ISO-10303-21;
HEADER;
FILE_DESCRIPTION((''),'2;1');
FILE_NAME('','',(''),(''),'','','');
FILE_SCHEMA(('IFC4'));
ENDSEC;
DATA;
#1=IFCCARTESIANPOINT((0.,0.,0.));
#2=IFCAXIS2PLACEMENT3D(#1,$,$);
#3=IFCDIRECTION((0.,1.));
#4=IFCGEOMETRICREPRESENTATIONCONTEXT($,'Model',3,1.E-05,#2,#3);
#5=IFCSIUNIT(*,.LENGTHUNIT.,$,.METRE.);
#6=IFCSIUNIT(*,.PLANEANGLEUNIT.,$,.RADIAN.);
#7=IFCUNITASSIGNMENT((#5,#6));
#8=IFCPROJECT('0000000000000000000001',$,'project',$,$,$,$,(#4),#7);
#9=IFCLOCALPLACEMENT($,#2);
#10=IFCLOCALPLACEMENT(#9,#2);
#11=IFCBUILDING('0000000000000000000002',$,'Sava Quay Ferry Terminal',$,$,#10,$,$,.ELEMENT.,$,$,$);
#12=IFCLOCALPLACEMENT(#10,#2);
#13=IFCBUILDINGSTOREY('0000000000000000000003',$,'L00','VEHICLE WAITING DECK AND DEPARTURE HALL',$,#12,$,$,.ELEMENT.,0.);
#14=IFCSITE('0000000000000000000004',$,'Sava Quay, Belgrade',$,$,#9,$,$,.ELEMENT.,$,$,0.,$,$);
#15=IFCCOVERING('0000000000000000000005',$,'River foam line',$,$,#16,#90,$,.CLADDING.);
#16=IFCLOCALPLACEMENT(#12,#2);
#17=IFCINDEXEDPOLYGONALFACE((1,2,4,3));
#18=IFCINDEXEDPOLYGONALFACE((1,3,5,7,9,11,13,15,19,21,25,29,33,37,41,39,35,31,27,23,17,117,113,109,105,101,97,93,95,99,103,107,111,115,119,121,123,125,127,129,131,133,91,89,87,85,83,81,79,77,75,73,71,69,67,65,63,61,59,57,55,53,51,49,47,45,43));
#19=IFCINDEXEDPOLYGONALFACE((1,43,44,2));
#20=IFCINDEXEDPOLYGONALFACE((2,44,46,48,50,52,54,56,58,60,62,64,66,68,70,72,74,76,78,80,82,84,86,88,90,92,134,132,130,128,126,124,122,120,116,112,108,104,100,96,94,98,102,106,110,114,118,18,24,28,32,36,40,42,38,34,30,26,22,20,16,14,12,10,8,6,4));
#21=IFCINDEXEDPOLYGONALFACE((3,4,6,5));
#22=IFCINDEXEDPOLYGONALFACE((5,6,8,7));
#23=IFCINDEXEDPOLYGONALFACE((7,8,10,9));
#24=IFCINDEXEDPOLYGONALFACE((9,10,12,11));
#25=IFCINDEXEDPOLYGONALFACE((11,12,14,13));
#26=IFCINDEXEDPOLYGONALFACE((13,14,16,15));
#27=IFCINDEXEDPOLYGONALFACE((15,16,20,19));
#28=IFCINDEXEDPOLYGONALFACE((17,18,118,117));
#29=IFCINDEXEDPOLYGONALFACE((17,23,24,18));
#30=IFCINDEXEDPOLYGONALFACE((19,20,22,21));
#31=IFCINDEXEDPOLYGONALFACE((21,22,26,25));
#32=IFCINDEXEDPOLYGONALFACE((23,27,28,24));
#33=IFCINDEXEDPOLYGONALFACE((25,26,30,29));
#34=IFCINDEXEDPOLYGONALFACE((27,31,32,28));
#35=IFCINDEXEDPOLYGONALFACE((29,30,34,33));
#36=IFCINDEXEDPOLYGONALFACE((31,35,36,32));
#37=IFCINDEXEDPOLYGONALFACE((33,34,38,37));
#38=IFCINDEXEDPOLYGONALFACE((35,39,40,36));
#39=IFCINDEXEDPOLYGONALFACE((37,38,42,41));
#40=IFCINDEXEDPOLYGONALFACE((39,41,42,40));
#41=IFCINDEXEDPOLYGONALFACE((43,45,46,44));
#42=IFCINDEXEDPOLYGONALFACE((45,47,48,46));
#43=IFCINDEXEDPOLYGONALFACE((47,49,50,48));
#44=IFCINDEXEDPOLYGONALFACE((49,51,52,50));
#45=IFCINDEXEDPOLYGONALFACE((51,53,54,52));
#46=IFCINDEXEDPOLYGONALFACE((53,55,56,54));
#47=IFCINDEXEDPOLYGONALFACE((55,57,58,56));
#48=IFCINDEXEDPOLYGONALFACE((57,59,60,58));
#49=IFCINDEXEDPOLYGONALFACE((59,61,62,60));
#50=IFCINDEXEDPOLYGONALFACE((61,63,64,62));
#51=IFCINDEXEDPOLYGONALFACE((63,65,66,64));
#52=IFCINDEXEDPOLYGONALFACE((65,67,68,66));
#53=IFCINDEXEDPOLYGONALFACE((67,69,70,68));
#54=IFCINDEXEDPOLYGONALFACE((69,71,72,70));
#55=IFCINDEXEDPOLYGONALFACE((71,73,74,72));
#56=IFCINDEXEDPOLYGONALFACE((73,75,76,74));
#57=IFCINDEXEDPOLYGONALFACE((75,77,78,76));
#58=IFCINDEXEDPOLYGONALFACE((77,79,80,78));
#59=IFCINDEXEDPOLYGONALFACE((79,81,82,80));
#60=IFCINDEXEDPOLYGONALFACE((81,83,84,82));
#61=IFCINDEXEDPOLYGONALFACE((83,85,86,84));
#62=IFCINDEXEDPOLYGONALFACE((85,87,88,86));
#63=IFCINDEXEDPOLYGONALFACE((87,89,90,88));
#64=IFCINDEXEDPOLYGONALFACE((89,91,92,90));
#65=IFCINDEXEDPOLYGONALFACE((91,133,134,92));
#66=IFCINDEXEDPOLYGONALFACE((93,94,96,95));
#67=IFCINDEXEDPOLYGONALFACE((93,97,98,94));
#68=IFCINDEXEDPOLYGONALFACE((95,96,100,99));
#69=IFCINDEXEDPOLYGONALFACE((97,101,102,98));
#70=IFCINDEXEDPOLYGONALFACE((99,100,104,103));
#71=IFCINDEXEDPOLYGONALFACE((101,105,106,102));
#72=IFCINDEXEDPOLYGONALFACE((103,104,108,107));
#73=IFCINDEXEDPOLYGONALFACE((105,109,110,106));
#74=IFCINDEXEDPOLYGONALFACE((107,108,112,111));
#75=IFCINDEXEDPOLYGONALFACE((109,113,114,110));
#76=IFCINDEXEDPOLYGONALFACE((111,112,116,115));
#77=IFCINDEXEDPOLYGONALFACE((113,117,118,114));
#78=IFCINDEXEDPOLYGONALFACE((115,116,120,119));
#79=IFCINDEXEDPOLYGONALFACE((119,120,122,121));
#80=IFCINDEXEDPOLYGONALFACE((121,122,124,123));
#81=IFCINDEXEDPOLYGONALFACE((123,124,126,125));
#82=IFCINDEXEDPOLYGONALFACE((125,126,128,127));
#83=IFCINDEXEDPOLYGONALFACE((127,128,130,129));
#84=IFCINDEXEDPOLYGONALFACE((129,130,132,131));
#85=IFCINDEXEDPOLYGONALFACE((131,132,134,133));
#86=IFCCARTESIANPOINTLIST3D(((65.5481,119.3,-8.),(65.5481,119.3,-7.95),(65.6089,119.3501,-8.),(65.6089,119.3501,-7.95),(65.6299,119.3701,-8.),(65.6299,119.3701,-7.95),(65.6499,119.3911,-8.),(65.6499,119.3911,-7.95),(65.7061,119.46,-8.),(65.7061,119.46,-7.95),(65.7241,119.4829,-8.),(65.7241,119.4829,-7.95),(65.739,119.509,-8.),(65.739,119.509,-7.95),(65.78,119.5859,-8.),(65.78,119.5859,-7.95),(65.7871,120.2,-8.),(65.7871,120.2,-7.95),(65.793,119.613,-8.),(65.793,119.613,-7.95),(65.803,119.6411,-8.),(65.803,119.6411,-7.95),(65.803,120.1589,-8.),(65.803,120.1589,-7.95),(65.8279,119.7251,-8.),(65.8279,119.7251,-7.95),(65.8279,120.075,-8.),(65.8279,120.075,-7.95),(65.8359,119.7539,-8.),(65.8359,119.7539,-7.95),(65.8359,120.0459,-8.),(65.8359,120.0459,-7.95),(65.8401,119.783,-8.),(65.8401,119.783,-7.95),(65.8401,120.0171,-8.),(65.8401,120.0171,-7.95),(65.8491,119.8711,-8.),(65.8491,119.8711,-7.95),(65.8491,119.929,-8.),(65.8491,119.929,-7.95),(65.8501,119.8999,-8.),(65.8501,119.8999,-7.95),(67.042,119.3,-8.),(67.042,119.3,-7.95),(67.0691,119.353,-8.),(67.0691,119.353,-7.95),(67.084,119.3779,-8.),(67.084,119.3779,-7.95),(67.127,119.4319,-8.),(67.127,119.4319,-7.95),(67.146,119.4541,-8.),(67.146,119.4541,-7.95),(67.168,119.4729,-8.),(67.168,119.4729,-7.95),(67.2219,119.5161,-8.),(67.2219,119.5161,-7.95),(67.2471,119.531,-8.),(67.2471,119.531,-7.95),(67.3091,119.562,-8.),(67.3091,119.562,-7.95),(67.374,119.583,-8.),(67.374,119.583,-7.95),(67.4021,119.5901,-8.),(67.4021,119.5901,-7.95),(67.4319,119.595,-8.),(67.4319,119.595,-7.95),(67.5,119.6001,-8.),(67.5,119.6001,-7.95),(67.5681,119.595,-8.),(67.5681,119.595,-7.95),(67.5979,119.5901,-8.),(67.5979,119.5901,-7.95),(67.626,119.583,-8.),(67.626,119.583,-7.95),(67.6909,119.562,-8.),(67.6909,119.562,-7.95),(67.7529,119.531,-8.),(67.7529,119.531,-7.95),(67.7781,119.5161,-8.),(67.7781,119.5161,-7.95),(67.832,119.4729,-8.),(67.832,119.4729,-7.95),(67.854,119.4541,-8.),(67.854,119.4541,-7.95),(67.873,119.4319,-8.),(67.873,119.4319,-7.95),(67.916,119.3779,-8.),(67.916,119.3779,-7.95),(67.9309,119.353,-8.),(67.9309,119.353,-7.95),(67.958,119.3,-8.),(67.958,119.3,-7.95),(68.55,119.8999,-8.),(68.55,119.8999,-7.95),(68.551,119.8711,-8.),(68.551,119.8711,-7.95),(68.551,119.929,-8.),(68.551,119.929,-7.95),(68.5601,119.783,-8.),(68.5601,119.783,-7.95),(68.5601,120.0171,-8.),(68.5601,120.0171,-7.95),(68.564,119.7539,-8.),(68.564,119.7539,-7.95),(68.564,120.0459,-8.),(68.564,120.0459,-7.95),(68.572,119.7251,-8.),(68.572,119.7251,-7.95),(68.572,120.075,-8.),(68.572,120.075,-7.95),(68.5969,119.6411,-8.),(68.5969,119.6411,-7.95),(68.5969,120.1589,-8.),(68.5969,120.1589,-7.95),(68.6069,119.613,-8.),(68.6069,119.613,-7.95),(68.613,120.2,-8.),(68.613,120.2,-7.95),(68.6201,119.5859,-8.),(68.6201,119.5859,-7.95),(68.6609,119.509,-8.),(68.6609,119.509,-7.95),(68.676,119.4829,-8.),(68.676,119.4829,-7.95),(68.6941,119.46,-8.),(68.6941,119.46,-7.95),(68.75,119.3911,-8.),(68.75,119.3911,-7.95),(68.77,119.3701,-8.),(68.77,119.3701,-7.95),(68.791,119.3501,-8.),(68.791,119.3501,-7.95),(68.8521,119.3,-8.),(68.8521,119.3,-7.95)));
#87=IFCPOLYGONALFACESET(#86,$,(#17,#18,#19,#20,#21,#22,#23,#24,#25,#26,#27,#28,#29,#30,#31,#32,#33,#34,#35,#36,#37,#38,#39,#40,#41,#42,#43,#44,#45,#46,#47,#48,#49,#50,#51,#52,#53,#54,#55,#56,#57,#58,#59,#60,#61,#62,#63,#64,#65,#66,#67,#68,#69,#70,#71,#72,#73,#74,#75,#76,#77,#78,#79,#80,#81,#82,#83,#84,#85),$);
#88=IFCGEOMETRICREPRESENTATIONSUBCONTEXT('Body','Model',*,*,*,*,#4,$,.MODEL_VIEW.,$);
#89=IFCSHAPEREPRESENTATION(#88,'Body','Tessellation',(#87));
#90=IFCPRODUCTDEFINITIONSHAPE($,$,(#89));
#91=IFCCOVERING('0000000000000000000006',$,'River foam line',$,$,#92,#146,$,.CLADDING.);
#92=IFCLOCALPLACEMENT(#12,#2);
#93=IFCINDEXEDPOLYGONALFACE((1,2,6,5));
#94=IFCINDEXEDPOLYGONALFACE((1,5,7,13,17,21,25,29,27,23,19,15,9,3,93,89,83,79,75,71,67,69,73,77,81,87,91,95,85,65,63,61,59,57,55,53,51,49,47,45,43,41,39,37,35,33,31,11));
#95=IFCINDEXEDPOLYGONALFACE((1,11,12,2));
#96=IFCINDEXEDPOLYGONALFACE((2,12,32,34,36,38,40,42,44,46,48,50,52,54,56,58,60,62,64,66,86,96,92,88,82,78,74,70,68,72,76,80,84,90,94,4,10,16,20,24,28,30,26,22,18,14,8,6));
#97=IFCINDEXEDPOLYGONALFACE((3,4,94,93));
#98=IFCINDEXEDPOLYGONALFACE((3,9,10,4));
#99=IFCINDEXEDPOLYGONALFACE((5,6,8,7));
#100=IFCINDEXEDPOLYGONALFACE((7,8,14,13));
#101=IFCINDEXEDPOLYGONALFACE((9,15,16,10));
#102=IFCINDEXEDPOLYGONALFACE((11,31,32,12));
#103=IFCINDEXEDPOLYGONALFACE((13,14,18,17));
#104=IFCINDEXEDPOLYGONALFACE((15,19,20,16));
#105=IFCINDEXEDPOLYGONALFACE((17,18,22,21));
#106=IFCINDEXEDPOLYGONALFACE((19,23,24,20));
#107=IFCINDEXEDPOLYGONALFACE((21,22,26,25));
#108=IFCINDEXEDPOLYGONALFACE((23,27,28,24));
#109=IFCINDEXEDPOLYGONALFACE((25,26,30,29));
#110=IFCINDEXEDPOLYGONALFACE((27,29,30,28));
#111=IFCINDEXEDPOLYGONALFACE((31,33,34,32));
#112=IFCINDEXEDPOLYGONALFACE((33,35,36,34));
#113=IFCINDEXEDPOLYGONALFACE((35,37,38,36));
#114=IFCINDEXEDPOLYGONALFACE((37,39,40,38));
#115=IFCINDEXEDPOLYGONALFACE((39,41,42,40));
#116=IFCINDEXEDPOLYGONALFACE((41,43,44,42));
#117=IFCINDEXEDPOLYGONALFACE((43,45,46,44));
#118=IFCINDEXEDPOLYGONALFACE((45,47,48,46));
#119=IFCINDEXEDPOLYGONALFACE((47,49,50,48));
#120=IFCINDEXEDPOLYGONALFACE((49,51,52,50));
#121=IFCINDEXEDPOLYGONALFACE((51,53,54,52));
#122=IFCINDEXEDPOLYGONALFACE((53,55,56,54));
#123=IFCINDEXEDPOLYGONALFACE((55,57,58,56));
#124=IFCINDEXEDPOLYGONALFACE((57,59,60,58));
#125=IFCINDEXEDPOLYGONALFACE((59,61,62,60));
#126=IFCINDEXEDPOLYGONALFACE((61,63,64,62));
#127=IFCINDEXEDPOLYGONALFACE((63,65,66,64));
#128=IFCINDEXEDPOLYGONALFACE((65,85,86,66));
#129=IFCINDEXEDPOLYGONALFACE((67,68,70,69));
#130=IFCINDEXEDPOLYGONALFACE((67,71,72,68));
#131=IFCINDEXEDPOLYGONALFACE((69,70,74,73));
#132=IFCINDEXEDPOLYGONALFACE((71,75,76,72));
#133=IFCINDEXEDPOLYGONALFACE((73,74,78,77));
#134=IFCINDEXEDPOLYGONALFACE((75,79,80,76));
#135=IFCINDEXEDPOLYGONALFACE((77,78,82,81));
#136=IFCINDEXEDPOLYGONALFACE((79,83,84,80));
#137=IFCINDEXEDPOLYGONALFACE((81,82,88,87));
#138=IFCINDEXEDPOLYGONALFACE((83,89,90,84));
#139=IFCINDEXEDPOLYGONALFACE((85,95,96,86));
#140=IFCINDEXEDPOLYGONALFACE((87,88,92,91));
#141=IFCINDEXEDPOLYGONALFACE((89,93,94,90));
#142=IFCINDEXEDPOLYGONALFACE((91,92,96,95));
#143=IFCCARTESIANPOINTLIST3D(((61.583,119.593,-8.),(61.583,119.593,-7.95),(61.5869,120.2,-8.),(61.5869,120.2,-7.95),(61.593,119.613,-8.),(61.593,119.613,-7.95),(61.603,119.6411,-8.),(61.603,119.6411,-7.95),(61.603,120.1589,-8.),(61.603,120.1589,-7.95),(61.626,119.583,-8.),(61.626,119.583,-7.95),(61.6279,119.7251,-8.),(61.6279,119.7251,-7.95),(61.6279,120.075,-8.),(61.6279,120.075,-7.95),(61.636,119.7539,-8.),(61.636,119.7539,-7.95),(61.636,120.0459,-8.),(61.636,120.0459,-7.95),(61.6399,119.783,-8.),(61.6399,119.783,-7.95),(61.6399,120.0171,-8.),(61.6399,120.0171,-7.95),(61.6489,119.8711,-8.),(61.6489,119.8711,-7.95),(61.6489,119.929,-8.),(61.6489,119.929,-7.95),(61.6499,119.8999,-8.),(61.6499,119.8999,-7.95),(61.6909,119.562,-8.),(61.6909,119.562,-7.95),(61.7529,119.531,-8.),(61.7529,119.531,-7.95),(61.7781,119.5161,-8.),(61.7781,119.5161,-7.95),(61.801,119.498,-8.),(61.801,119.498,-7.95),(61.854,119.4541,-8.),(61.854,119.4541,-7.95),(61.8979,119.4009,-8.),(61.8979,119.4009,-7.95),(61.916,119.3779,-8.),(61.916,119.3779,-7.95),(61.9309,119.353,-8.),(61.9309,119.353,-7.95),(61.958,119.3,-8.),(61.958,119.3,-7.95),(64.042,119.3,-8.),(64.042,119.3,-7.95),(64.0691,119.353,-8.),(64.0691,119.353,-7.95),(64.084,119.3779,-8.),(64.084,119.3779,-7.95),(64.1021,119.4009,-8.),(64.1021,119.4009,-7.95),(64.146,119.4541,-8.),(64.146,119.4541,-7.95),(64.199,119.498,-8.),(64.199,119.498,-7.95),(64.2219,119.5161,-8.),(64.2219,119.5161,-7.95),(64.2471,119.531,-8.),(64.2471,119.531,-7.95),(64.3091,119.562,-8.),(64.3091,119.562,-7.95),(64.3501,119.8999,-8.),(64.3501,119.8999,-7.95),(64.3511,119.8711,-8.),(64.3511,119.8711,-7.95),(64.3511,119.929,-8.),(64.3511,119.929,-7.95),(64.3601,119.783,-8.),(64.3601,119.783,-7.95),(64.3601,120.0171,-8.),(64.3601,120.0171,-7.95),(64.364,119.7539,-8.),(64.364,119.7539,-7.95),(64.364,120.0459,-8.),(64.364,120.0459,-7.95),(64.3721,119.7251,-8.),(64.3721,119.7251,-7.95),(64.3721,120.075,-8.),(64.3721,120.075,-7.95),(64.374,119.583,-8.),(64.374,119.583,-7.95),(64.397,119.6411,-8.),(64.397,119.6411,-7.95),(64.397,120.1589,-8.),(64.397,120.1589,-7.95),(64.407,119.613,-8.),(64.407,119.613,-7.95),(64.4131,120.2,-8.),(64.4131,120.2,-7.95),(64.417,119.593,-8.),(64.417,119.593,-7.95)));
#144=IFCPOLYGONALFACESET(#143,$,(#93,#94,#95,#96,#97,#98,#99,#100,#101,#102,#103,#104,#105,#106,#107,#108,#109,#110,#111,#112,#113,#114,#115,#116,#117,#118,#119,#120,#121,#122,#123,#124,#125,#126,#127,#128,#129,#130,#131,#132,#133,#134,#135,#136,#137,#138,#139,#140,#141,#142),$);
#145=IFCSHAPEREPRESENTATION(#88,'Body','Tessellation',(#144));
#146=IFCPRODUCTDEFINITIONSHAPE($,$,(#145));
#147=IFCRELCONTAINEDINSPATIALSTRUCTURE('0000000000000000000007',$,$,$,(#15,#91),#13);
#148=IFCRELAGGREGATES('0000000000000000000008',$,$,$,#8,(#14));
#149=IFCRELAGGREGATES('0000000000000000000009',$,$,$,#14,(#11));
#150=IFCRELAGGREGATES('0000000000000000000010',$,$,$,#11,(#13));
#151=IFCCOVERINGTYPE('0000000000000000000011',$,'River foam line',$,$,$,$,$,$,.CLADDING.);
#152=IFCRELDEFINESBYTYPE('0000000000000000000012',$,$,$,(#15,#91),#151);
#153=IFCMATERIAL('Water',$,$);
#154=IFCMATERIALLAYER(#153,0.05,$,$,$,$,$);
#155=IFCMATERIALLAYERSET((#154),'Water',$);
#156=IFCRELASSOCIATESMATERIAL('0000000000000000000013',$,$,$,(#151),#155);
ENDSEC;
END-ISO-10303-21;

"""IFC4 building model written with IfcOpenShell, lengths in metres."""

from ifc_helpers import new_model, si_unit, direction, frame, origin, place, context, subcontext, project, spatial, polyline, outline, extrude, material, layer, layer_set, type_object, element, save


model = new_model("IFC4")

# Units and contexts
model_context = context("Model", 3, precision=1e-05, world=origin(), true_north=direction((0.0, 1.0)))
body_context = subcontext(model_context, "Body", "Model", "MODEL_VIEW")
ifc_project = project(units=[si_unit("LENGTHUNIT", "METRE"), si_unit("PLANEANGLEUNIT", "RADIAN")], contexts=[model_context])

# Site, building, storey
site_placement = place(None, origin())
site = spatial("IfcSite", under=ifc_project, at=site_placement, Name="Sava Quay, Belgrade", CompositionType="ELEMENT", RefElevation=0.0)
building_placement = place(site_placement, origin())
building = spatial("IfcBuilding", under=site, at=building_placement, Name="Sava Quay Ferry Terminal", CompositionType="ELEMENT")
storey_placement = place(building_placement, origin())
storey = spatial("IfcBuildingStorey", under=building, at=storey_placement, Name="L00", Description="VEHICLE WAITING DECK AND DEPARTURE HALL", CompositionType="ELEMENT", Elevation=0.0)

# Coverings
ifc_material_1 = material(Name="Water")
ifc_layer_1 = layer(ifc_material_1, 0.05)
ifc_layer_set_1 = layer_set([ifc_layer_1], Name="Water")
covering_type_1 = type_object("IfcCoveringType", Name="River foam line", PredefinedType="CLADDING", material=ifc_layer_set_1)
covering_1_placement = place(storey_placement, frame((0.0, 0.0, -8.0)))
element("IfcCovering", 1, at=covering_1_placement, inside=storey, type_object=covering_type_1, Name="River foam line", PredefinedType="CLADDING", context=body_context, shape_type="SweptSolid", body=[
    extrude(outline(polyline([(68.613, 120.2), (65.7871, 120.2), (65.803, 120.1589), (65.8279, 120.075), (65.8359, 120.0459), (65.8401, 120.0171), (65.8491, 119.929), (65.8501, 119.8999), (65.8491, 119.8711), (65.8401, 119.783), (65.8359, 119.7539), (65.8279, 119.7251), (65.803, 119.6411), (65.793, 119.613), (65.78, 119.5859), (65.739, 119.509), (65.7241, 119.4829), (65.7061, 119.46), (65.6499, 119.3911), (65.6299, 119.3701), (65.6089, 119.3501), (65.5481, 119.3), (67.042, 119.3), (67.0691, 119.353), (67.084, 119.3779), (67.127, 119.4319), (67.146, 119.4541), (67.168, 119.4729), (67.2219, 119.5161), (67.2471, 119.531), (67.3091, 119.562), (67.374, 119.583), (67.4021, 119.5901), (67.4319, 119.595), (67.5, 119.6001), (67.5681, 119.595), (67.5979, 119.5901), (67.626, 119.583), (67.6909, 119.562), (67.7529, 119.531), (67.7781, 119.5161), (67.832, 119.4729), (67.854, 119.4541), (67.873, 119.4319), (67.916, 119.3779), (67.9309, 119.353), (67.958, 119.3), (68.8521, 119.3), (68.791, 119.3501), (68.77, 119.3701), (68.75, 119.3911), (68.6941, 119.46), (68.676, 119.4829), (68.6609, 119.509), (68.6201, 119.5859), (68.6069, 119.613), (68.5969, 119.6411), (68.572, 119.7251), (68.564, 119.7539), (68.5601, 119.783), (68.551, 119.8711), (68.55, 119.8999), (68.551, 119.929), (68.5601, 120.0171), (68.564, 120.0459), (68.572, 120.075), (68.5969, 120.1589), (68.613, 120.2)])), origin(), (0.0, 0.0, 1.0), 0.05),
])
covering_2_placement = place(storey_placement, frame((0.0, 0.0, -8.0)))
element("IfcCovering", 2, at=covering_2_placement, inside=storey, type_object=covering_type_1, Name="River foam line", PredefinedType="CLADDING", context=body_context, shape_type="SweptSolid", body=[
    extrude(outline(polyline([(64.4131, 120.2), (61.5869, 120.2), (61.603, 120.1589), (61.6279, 120.075), (61.636, 120.0459), (61.6399, 120.0171), (61.6489, 119.929), (61.6499, 119.8999), (61.6489, 119.8711), (61.6399, 119.783), (61.636, 119.7539), (61.6279, 119.7251), (61.603, 119.6411), (61.593, 119.613), (61.583, 119.593), (61.626, 119.583), (61.6909, 119.562), (61.7529, 119.531), (61.7781, 119.5161), (61.801, 119.498), (61.854, 119.4541), (61.8979, 119.4009), (61.916, 119.3779), (61.9309, 119.353), (61.958, 119.3), (64.042, 119.3), (64.0691, 119.353), (64.084, 119.3779), (64.1021, 119.4009), (64.146, 119.4541), (64.199, 119.498), (64.2219, 119.5161), (64.2471, 119.531), (64.3091, 119.562), (64.374, 119.583), (64.417, 119.593), (64.407, 119.613), (64.397, 119.6411), (64.3721, 119.7251), (64.364, 119.7539), (64.3601, 119.783), (64.3511, 119.8711), (64.3501, 119.8999), (64.3511, 119.929), (64.3601, 120.0171), (64.364, 120.0459), (64.3721, 120.075), (64.397, 120.1589), (64.4131, 120.2)])), origin(), (0.0, 0.0, 1.0), 0.05),
])

save(model, "model.ifc")
